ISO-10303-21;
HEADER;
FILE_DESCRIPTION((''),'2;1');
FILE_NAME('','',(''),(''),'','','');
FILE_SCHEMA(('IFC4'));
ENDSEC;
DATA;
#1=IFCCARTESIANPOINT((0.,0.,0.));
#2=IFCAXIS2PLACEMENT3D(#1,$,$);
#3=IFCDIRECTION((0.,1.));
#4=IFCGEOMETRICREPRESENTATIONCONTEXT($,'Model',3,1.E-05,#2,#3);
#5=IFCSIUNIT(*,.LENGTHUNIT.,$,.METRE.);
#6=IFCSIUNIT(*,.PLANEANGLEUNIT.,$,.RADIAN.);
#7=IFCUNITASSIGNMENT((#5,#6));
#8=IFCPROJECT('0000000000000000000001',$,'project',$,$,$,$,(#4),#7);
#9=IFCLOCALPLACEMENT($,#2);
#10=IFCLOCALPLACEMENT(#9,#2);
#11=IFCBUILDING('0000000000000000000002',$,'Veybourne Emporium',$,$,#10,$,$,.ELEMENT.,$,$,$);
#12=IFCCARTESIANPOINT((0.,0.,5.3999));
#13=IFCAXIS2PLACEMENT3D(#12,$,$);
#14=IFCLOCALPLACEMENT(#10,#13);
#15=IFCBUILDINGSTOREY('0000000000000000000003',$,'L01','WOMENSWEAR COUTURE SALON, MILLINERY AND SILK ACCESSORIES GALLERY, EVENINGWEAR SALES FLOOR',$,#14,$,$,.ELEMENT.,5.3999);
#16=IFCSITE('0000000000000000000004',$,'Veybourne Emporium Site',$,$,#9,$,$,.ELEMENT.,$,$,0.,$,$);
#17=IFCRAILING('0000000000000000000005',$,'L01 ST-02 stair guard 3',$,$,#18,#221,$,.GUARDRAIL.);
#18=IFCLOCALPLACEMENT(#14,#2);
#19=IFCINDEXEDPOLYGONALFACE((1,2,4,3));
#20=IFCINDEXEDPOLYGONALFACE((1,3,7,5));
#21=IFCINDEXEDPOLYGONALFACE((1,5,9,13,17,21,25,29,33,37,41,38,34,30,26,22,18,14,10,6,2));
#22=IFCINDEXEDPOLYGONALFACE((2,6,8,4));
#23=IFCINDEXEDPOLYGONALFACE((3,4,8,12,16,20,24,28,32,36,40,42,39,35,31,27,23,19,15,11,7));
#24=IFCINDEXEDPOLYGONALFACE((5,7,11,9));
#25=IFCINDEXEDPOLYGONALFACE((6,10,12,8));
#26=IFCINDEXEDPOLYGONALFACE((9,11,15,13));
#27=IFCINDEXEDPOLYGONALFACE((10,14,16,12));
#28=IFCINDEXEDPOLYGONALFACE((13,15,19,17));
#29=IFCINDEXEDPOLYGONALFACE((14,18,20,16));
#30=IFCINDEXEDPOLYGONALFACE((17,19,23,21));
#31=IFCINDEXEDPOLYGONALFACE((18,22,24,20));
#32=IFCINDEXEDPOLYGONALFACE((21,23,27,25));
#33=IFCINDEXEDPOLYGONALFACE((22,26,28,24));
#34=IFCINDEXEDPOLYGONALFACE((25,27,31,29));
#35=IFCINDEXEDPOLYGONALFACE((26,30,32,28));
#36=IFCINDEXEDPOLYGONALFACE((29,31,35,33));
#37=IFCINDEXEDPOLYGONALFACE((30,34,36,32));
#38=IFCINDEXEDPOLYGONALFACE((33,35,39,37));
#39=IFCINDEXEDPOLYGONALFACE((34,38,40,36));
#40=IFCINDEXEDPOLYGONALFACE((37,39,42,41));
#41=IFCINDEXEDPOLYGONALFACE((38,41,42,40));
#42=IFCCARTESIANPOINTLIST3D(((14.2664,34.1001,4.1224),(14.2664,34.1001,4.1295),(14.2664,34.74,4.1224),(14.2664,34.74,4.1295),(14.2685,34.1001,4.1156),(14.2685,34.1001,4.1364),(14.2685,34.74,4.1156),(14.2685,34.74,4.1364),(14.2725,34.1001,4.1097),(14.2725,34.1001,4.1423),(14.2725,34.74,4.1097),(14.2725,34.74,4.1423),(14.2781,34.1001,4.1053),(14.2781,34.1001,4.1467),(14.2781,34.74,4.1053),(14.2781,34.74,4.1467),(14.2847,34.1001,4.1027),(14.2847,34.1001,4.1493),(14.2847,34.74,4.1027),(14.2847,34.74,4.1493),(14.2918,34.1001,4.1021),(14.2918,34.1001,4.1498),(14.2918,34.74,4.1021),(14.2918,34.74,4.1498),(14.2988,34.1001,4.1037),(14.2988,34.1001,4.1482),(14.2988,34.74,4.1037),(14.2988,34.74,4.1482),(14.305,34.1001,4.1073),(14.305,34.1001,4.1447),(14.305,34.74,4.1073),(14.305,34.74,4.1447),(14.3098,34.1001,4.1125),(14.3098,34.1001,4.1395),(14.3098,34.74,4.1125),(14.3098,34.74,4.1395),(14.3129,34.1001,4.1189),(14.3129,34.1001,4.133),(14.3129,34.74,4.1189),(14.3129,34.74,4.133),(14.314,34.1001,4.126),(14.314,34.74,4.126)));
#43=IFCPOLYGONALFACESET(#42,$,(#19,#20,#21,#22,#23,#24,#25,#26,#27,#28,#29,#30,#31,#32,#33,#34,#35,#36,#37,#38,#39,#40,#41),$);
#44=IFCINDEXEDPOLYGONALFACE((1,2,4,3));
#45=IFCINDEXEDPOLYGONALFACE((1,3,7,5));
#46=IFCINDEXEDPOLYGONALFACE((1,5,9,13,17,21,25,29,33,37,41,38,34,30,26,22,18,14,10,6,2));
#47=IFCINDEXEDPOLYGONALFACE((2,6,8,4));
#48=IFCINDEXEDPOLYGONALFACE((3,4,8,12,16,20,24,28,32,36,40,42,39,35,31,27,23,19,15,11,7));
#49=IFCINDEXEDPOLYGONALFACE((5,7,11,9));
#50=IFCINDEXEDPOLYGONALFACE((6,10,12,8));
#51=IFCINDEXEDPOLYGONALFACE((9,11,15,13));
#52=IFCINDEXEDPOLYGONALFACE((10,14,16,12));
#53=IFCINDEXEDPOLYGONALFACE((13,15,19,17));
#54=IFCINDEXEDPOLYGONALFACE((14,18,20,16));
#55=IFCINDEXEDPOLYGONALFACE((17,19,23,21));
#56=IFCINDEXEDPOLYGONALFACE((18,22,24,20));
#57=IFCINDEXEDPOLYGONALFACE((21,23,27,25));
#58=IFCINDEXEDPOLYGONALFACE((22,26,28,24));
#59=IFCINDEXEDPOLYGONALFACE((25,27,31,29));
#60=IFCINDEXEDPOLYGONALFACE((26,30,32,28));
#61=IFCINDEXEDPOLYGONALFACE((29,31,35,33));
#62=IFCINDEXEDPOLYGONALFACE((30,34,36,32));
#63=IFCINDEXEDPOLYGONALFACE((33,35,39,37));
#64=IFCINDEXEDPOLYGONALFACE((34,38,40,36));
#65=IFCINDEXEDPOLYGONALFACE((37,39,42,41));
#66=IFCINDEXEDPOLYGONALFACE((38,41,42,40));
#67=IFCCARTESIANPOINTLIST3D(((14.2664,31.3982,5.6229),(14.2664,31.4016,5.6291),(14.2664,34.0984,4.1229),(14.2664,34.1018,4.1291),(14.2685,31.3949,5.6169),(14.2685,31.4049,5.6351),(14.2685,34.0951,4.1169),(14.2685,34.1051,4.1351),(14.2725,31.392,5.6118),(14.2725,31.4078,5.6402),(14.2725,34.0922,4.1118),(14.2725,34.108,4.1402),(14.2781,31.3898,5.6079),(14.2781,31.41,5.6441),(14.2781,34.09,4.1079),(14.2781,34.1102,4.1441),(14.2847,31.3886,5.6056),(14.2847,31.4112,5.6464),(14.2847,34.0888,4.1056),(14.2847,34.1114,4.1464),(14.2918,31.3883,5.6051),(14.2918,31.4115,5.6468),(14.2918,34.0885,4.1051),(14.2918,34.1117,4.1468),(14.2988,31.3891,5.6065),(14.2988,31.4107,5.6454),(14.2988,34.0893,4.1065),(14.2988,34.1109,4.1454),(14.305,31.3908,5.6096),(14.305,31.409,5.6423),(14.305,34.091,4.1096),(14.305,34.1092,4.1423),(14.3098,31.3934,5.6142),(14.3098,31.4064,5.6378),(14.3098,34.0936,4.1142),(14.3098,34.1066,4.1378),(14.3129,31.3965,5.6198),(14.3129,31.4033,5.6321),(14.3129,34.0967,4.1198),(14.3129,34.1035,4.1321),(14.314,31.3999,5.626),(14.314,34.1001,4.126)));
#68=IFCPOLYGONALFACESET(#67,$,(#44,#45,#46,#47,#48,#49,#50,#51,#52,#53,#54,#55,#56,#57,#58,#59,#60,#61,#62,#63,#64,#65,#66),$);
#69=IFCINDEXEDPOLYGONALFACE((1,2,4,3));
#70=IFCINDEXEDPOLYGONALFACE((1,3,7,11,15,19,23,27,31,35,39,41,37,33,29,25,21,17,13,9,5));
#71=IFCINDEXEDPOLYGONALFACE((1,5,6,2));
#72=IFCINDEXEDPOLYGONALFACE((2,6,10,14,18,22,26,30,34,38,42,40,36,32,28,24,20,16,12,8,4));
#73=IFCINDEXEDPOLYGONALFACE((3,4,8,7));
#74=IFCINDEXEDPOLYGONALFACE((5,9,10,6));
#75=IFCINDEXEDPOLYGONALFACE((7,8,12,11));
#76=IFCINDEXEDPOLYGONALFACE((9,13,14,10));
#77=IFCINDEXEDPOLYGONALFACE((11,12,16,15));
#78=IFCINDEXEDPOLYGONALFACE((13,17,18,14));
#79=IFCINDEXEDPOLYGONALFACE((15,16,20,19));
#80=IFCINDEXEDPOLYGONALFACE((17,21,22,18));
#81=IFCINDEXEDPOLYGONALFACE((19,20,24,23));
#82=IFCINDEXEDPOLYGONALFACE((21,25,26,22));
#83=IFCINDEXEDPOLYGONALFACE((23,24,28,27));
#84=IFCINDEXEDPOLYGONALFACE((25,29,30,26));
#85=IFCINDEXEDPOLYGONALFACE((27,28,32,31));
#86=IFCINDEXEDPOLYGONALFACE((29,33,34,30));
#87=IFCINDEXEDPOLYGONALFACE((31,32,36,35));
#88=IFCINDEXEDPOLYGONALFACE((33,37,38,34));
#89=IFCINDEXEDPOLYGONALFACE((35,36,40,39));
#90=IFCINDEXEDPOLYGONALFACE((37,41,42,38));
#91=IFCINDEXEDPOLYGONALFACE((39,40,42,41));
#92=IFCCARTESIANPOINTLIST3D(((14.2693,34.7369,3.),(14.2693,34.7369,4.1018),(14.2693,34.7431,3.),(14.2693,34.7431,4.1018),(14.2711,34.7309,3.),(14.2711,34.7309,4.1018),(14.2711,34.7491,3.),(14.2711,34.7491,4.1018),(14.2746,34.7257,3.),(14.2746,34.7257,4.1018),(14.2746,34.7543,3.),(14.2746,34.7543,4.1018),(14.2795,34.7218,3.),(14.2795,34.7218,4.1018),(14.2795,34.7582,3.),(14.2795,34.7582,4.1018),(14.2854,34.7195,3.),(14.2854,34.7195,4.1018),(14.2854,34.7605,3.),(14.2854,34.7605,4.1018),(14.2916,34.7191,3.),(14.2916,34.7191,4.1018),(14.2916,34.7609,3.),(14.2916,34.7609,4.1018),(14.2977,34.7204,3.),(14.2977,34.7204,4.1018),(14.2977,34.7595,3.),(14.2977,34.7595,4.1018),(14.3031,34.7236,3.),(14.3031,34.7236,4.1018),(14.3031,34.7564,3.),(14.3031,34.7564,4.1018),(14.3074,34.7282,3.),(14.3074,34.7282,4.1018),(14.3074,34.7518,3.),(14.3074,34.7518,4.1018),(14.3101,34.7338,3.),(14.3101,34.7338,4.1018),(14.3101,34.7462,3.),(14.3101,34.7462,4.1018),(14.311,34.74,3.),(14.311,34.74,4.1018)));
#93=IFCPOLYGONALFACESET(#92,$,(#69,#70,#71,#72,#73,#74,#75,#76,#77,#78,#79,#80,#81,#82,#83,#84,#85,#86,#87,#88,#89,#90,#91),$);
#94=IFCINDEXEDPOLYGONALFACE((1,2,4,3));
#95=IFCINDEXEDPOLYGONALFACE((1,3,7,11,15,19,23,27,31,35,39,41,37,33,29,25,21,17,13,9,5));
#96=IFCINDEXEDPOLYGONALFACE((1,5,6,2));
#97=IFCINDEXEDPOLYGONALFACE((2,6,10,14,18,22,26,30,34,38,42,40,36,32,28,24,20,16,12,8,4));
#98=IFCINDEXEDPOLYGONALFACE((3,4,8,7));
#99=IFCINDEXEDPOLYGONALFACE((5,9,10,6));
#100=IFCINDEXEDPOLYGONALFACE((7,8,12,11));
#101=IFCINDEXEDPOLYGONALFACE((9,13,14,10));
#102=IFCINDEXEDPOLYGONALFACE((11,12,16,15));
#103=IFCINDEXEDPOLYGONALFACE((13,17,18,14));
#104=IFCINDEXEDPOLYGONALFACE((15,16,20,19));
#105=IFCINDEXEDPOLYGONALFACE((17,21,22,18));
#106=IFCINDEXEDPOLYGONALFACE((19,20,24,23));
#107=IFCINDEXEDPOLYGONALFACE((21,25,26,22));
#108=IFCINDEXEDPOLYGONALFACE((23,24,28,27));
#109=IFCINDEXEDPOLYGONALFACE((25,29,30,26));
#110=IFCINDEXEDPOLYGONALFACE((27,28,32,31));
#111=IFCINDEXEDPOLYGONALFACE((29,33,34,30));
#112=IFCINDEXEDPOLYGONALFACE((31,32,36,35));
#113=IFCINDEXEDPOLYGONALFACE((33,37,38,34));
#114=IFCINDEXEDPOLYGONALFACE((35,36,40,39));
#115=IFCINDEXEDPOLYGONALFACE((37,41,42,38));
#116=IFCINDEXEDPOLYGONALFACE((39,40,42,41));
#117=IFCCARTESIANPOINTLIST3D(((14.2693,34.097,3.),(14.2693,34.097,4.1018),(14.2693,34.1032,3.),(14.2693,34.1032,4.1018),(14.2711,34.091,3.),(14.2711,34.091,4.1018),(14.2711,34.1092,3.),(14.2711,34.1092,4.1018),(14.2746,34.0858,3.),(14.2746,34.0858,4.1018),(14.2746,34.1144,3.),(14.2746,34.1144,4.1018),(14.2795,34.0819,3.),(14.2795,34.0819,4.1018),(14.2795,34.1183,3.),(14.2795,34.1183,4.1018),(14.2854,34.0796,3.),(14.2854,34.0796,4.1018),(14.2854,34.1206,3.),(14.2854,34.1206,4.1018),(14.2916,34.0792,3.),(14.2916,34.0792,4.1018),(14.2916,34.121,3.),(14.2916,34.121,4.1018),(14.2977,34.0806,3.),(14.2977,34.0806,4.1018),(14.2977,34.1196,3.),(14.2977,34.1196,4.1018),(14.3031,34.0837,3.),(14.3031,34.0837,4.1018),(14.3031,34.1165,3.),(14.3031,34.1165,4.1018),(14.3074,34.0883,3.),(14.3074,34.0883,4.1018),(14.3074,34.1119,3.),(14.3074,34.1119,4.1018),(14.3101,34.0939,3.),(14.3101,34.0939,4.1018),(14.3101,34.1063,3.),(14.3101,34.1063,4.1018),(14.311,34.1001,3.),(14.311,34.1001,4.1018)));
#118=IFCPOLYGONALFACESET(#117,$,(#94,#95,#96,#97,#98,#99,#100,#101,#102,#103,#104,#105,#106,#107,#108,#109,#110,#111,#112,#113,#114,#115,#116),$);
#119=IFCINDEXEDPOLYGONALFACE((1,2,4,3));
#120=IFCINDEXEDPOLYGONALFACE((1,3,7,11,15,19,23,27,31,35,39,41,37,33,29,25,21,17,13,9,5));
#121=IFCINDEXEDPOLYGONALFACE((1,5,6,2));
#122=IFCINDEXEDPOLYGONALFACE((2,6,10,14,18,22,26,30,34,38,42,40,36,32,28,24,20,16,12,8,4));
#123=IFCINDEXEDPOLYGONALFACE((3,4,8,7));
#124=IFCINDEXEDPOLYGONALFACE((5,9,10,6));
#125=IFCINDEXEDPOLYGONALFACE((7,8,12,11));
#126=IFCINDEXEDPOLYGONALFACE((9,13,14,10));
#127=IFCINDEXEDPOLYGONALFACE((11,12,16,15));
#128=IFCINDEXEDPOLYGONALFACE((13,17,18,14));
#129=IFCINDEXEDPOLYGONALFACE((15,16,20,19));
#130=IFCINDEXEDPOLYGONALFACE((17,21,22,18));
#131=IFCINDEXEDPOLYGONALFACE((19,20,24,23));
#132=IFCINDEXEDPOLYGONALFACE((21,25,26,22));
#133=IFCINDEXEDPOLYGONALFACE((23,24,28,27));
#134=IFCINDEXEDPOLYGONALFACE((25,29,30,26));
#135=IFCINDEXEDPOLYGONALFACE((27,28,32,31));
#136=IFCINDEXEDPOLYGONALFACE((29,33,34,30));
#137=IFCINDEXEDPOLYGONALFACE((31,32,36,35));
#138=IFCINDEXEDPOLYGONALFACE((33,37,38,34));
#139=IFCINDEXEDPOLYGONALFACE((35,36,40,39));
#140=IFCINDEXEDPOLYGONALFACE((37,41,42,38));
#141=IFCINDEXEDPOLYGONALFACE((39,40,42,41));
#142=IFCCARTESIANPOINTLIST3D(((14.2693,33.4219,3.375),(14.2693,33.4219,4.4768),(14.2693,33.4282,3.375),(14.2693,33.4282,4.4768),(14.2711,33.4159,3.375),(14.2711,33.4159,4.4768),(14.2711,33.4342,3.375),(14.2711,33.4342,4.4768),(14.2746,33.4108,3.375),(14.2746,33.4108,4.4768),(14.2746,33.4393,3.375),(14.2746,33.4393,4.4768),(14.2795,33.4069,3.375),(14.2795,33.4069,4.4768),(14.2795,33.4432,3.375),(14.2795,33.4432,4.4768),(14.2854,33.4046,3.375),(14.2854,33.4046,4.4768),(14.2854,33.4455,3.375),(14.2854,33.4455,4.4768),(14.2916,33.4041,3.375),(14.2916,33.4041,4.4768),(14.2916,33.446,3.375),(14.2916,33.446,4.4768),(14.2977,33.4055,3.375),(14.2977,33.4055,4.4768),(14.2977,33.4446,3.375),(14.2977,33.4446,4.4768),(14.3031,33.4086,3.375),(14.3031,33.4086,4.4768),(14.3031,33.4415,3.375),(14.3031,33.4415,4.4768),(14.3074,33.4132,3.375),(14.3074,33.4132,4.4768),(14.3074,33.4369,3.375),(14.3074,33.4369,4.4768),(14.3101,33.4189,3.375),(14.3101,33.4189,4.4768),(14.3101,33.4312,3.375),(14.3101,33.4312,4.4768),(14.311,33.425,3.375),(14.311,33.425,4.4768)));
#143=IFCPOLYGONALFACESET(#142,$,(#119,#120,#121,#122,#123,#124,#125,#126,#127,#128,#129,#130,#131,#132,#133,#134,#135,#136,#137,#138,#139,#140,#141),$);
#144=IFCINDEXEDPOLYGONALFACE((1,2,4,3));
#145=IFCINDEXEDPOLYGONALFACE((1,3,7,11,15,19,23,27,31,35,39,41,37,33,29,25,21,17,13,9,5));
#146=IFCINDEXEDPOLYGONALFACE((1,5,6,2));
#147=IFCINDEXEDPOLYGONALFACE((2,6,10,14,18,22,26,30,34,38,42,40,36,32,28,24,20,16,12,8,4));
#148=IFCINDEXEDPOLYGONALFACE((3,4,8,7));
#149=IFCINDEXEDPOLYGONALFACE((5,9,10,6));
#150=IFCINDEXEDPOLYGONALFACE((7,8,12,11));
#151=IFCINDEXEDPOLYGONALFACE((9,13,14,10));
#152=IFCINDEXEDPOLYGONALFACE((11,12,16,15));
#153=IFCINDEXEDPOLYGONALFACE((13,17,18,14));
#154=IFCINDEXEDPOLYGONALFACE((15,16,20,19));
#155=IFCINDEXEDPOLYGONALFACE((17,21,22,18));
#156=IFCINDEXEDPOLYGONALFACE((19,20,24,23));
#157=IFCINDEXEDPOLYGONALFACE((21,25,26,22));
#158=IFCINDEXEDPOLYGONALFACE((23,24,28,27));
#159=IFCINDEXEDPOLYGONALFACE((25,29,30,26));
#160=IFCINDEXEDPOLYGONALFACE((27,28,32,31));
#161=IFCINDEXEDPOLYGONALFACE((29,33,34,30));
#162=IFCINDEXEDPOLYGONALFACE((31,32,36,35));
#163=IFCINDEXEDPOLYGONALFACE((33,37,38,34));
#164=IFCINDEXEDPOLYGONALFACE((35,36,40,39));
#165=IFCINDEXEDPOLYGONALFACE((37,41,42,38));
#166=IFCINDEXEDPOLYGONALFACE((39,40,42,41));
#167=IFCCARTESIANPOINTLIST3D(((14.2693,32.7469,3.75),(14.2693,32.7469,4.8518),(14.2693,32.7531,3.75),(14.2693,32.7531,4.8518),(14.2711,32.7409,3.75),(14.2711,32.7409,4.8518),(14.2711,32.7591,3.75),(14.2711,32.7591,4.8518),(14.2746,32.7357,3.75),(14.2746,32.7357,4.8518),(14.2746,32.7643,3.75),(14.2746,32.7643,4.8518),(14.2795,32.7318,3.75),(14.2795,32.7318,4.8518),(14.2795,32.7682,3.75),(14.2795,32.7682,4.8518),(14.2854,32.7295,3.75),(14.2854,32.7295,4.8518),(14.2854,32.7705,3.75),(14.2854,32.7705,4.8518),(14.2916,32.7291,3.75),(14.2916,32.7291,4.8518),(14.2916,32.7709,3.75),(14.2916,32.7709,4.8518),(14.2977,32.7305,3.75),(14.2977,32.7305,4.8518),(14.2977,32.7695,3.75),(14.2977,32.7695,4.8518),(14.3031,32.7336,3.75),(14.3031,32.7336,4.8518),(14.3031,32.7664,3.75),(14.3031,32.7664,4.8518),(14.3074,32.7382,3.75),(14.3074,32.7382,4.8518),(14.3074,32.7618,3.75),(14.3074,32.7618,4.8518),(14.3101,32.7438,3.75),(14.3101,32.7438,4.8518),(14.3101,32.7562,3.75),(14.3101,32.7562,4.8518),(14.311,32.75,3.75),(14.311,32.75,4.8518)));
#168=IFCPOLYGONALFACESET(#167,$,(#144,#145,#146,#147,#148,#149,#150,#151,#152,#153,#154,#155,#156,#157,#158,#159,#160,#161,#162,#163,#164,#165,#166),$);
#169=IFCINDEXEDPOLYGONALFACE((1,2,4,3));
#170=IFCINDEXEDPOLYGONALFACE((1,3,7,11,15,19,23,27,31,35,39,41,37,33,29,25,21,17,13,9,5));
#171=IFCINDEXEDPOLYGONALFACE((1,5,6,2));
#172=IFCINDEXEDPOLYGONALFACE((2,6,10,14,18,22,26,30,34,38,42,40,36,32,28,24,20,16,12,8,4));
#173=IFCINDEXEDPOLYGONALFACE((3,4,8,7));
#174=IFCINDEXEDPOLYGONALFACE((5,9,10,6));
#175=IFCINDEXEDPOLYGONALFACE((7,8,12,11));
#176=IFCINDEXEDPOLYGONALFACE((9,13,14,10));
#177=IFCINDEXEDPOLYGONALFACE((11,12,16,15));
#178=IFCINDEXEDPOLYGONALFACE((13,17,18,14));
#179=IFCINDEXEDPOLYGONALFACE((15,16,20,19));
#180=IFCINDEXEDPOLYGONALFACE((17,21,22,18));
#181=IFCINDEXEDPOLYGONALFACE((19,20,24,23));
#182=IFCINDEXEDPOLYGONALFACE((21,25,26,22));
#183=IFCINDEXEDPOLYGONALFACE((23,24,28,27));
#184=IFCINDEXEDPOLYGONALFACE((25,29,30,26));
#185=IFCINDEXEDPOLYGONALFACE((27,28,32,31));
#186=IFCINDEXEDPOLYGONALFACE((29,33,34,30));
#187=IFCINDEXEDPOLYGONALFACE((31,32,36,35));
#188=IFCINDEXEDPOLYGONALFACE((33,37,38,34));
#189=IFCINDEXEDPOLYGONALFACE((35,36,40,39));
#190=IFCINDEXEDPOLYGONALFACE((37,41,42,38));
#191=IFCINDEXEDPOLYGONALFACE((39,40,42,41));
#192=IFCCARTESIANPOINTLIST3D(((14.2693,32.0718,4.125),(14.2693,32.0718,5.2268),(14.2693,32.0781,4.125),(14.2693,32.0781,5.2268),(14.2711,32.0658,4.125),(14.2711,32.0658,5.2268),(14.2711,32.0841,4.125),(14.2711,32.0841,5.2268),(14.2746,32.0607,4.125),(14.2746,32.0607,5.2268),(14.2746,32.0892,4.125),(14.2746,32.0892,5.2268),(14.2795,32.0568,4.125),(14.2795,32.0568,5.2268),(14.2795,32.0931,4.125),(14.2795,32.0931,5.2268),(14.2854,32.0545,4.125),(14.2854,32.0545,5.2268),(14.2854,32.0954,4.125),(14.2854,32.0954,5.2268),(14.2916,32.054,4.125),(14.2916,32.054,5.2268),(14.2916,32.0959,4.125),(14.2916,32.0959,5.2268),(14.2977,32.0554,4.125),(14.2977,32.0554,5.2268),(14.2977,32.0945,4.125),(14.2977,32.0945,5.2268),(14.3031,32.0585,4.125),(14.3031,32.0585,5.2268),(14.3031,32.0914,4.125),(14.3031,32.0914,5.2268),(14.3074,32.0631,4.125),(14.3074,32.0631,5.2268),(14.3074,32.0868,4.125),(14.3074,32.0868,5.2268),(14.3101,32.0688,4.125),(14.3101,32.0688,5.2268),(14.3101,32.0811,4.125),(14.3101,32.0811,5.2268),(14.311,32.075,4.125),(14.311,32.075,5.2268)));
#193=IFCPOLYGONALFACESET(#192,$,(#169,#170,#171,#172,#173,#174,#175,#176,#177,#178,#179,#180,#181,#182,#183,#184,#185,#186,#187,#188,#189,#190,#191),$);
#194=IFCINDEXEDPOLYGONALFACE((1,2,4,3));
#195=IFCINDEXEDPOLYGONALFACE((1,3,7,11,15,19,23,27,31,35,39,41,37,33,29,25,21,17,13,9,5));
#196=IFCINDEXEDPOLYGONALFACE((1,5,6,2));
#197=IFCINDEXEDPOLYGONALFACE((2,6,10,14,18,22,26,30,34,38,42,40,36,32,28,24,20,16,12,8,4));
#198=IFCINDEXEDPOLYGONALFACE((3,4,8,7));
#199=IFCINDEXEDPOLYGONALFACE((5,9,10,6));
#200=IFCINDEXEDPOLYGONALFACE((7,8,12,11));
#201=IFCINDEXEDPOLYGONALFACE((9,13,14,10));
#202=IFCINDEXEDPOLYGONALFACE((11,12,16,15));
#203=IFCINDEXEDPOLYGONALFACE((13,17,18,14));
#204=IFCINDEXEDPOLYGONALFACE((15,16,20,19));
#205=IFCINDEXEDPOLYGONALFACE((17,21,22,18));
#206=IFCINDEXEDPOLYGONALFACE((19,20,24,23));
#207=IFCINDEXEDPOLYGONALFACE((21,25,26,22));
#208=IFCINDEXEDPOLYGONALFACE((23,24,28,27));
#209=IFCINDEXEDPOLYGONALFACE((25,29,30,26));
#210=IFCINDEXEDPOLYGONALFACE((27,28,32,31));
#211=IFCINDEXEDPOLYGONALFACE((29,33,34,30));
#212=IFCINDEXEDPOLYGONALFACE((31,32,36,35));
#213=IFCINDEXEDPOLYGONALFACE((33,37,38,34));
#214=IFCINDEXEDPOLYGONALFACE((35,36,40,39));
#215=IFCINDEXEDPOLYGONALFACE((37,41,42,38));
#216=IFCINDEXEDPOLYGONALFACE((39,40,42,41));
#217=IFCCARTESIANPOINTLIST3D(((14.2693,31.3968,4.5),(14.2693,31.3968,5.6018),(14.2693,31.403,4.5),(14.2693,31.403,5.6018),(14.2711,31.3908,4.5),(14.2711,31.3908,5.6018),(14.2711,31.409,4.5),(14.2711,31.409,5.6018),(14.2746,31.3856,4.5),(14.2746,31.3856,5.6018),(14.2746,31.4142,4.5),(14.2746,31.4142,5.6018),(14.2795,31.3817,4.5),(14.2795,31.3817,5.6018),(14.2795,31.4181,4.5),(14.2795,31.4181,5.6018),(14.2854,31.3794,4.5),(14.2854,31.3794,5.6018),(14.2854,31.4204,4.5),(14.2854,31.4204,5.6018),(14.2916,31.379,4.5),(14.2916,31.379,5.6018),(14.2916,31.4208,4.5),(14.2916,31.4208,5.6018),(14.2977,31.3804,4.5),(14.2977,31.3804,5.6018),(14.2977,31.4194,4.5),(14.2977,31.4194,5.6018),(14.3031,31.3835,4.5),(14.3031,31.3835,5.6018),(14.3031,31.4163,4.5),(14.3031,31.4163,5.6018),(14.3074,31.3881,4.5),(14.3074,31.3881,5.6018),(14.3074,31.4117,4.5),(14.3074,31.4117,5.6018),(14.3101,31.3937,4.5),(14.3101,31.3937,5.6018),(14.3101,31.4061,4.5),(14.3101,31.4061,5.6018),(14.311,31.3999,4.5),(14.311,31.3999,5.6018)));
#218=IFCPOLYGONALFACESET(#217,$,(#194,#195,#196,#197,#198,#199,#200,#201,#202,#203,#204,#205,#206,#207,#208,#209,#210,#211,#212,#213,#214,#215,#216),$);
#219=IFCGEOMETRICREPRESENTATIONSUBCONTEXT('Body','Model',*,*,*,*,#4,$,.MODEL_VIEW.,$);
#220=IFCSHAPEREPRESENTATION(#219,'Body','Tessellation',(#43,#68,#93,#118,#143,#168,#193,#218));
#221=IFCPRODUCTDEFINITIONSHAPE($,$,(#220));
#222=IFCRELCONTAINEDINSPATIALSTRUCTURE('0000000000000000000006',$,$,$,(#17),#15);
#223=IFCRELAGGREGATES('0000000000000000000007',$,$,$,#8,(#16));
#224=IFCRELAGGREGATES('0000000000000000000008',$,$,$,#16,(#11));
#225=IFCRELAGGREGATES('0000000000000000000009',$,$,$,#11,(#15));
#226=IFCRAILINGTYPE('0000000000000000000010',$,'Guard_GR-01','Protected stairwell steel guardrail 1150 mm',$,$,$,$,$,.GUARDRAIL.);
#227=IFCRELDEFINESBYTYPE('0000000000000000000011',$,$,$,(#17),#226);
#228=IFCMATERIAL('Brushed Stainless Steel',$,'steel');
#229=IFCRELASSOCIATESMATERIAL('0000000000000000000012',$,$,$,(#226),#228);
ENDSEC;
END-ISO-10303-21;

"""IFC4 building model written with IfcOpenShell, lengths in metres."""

from ifc_helpers import new_model, si_unit, direction, frame, origin, origin_2d, place, context, subcontext, project, spatial, circle, extrude, material, type_object, element, save


model = new_model("IFC4")

# Units and contexts
model_context = context("Model", 3, precision=1e-05, world=origin(), true_north=direction((0.0, 1.0)))
body_context = subcontext(model_context, "Body", "Model", "MODEL_VIEW")
ifc_project = project(units=[si_unit("LENGTHUNIT", "METRE"), si_unit("PLANEANGLEUNIT", "RADIAN")], contexts=[model_context])

# Site, building, storey
site_placement = place(None, origin())
site = spatial("IfcSite", under=ifc_project, at=site_placement, Name="Veybourne Emporium Site", CompositionType="ELEMENT", RefElevation=0.0)
building_placement = place(site_placement, origin())
building = spatial("IfcBuilding", under=site, at=building_placement, Name="Veybourne Emporium", CompositionType="ELEMENT")
storey_placement = place(building_placement, frame((0.0, 0.0, 5.3999)))
storey = spatial("IfcBuildingStorey", under=building, at=storey_placement, Name="L01", Description="WOMENSWEAR COUTURE SALON, MILLINERY AND SILK ACCESSORIES GALLERY, EVENINGWEAR SALES FLOOR", CompositionType="ELEMENT", Elevation=5.3999)

# Railing
ifc_material_1 = material(Name="Brushed Stainless Steel", Category="steel")
railing_type_1 = type_object("IfcRailingType", Name="Guard_GR-01", Description="Protected stairwell steel guardrail 1150 mm", PredefinedType="GUARDRAIL", material=ifc_material_1)
railing_1_placement = place(storey_placement, frame((14.29, 34.74, 3.0)))
element("IfcRailing", 1, at=railing_1_placement, inside=storey, type_object=railing_type_1, Name="L01 ST-02 stair guard 3", PredefinedType="GUARDRAIL", context=body_context, shape_type="SweptSolid", body=[
    extrude(circle(Radius=0.0239, at=origin_2d()), frame((0.0, 0.0, 1.126), z_axis=(0.0, -1.0, 0.0), x_axis=(1.0, 0.0, 0.0)), (0.0, 0.0, 1.0), 0.6399),
    extrude(circle(Radius=0.0239, at=origin_2d()), frame((0.0, -0.6399, 1.126), z_axis=(0.0, -0.874172, 0.485616), x_axis=(1.0, 0.0, 0.0)), (0.0, 0.0, 1.0), 3.0889),
    extrude(circle(Radius=0.021, at=origin_2d()), origin(), (0.0, 0.0, 1.0), 1.1018),
    extrude(circle(Radius=0.021, at=origin_2d()), frame((0.0, -0.6399, 0.0)), (0.0, 0.0, 1.0), 1.1018),
    extrude(circle(Radius=0.021, at=origin_2d()), frame((0.0, -1.3149, 0.375)), (0.0, 0.0, 1.0), 1.1018),
    extrude(circle(Radius=0.021, at=origin_2d()), frame((0.0, -1.99, 0.75)), (0.0, 0.0, 1.0), 1.1018),
    extrude(circle(Radius=0.021, at=origin_2d()), frame((0.0, -2.665, 1.125)), (0.0, 0.0, 1.0), 1.1018),
    extrude(circle(Radius=0.021, at=origin_2d()), frame((0.0, -3.3401, 1.5)), (0.0, 0.0, 1.0), 1.1018),
])

save(model, "model.ifc")
